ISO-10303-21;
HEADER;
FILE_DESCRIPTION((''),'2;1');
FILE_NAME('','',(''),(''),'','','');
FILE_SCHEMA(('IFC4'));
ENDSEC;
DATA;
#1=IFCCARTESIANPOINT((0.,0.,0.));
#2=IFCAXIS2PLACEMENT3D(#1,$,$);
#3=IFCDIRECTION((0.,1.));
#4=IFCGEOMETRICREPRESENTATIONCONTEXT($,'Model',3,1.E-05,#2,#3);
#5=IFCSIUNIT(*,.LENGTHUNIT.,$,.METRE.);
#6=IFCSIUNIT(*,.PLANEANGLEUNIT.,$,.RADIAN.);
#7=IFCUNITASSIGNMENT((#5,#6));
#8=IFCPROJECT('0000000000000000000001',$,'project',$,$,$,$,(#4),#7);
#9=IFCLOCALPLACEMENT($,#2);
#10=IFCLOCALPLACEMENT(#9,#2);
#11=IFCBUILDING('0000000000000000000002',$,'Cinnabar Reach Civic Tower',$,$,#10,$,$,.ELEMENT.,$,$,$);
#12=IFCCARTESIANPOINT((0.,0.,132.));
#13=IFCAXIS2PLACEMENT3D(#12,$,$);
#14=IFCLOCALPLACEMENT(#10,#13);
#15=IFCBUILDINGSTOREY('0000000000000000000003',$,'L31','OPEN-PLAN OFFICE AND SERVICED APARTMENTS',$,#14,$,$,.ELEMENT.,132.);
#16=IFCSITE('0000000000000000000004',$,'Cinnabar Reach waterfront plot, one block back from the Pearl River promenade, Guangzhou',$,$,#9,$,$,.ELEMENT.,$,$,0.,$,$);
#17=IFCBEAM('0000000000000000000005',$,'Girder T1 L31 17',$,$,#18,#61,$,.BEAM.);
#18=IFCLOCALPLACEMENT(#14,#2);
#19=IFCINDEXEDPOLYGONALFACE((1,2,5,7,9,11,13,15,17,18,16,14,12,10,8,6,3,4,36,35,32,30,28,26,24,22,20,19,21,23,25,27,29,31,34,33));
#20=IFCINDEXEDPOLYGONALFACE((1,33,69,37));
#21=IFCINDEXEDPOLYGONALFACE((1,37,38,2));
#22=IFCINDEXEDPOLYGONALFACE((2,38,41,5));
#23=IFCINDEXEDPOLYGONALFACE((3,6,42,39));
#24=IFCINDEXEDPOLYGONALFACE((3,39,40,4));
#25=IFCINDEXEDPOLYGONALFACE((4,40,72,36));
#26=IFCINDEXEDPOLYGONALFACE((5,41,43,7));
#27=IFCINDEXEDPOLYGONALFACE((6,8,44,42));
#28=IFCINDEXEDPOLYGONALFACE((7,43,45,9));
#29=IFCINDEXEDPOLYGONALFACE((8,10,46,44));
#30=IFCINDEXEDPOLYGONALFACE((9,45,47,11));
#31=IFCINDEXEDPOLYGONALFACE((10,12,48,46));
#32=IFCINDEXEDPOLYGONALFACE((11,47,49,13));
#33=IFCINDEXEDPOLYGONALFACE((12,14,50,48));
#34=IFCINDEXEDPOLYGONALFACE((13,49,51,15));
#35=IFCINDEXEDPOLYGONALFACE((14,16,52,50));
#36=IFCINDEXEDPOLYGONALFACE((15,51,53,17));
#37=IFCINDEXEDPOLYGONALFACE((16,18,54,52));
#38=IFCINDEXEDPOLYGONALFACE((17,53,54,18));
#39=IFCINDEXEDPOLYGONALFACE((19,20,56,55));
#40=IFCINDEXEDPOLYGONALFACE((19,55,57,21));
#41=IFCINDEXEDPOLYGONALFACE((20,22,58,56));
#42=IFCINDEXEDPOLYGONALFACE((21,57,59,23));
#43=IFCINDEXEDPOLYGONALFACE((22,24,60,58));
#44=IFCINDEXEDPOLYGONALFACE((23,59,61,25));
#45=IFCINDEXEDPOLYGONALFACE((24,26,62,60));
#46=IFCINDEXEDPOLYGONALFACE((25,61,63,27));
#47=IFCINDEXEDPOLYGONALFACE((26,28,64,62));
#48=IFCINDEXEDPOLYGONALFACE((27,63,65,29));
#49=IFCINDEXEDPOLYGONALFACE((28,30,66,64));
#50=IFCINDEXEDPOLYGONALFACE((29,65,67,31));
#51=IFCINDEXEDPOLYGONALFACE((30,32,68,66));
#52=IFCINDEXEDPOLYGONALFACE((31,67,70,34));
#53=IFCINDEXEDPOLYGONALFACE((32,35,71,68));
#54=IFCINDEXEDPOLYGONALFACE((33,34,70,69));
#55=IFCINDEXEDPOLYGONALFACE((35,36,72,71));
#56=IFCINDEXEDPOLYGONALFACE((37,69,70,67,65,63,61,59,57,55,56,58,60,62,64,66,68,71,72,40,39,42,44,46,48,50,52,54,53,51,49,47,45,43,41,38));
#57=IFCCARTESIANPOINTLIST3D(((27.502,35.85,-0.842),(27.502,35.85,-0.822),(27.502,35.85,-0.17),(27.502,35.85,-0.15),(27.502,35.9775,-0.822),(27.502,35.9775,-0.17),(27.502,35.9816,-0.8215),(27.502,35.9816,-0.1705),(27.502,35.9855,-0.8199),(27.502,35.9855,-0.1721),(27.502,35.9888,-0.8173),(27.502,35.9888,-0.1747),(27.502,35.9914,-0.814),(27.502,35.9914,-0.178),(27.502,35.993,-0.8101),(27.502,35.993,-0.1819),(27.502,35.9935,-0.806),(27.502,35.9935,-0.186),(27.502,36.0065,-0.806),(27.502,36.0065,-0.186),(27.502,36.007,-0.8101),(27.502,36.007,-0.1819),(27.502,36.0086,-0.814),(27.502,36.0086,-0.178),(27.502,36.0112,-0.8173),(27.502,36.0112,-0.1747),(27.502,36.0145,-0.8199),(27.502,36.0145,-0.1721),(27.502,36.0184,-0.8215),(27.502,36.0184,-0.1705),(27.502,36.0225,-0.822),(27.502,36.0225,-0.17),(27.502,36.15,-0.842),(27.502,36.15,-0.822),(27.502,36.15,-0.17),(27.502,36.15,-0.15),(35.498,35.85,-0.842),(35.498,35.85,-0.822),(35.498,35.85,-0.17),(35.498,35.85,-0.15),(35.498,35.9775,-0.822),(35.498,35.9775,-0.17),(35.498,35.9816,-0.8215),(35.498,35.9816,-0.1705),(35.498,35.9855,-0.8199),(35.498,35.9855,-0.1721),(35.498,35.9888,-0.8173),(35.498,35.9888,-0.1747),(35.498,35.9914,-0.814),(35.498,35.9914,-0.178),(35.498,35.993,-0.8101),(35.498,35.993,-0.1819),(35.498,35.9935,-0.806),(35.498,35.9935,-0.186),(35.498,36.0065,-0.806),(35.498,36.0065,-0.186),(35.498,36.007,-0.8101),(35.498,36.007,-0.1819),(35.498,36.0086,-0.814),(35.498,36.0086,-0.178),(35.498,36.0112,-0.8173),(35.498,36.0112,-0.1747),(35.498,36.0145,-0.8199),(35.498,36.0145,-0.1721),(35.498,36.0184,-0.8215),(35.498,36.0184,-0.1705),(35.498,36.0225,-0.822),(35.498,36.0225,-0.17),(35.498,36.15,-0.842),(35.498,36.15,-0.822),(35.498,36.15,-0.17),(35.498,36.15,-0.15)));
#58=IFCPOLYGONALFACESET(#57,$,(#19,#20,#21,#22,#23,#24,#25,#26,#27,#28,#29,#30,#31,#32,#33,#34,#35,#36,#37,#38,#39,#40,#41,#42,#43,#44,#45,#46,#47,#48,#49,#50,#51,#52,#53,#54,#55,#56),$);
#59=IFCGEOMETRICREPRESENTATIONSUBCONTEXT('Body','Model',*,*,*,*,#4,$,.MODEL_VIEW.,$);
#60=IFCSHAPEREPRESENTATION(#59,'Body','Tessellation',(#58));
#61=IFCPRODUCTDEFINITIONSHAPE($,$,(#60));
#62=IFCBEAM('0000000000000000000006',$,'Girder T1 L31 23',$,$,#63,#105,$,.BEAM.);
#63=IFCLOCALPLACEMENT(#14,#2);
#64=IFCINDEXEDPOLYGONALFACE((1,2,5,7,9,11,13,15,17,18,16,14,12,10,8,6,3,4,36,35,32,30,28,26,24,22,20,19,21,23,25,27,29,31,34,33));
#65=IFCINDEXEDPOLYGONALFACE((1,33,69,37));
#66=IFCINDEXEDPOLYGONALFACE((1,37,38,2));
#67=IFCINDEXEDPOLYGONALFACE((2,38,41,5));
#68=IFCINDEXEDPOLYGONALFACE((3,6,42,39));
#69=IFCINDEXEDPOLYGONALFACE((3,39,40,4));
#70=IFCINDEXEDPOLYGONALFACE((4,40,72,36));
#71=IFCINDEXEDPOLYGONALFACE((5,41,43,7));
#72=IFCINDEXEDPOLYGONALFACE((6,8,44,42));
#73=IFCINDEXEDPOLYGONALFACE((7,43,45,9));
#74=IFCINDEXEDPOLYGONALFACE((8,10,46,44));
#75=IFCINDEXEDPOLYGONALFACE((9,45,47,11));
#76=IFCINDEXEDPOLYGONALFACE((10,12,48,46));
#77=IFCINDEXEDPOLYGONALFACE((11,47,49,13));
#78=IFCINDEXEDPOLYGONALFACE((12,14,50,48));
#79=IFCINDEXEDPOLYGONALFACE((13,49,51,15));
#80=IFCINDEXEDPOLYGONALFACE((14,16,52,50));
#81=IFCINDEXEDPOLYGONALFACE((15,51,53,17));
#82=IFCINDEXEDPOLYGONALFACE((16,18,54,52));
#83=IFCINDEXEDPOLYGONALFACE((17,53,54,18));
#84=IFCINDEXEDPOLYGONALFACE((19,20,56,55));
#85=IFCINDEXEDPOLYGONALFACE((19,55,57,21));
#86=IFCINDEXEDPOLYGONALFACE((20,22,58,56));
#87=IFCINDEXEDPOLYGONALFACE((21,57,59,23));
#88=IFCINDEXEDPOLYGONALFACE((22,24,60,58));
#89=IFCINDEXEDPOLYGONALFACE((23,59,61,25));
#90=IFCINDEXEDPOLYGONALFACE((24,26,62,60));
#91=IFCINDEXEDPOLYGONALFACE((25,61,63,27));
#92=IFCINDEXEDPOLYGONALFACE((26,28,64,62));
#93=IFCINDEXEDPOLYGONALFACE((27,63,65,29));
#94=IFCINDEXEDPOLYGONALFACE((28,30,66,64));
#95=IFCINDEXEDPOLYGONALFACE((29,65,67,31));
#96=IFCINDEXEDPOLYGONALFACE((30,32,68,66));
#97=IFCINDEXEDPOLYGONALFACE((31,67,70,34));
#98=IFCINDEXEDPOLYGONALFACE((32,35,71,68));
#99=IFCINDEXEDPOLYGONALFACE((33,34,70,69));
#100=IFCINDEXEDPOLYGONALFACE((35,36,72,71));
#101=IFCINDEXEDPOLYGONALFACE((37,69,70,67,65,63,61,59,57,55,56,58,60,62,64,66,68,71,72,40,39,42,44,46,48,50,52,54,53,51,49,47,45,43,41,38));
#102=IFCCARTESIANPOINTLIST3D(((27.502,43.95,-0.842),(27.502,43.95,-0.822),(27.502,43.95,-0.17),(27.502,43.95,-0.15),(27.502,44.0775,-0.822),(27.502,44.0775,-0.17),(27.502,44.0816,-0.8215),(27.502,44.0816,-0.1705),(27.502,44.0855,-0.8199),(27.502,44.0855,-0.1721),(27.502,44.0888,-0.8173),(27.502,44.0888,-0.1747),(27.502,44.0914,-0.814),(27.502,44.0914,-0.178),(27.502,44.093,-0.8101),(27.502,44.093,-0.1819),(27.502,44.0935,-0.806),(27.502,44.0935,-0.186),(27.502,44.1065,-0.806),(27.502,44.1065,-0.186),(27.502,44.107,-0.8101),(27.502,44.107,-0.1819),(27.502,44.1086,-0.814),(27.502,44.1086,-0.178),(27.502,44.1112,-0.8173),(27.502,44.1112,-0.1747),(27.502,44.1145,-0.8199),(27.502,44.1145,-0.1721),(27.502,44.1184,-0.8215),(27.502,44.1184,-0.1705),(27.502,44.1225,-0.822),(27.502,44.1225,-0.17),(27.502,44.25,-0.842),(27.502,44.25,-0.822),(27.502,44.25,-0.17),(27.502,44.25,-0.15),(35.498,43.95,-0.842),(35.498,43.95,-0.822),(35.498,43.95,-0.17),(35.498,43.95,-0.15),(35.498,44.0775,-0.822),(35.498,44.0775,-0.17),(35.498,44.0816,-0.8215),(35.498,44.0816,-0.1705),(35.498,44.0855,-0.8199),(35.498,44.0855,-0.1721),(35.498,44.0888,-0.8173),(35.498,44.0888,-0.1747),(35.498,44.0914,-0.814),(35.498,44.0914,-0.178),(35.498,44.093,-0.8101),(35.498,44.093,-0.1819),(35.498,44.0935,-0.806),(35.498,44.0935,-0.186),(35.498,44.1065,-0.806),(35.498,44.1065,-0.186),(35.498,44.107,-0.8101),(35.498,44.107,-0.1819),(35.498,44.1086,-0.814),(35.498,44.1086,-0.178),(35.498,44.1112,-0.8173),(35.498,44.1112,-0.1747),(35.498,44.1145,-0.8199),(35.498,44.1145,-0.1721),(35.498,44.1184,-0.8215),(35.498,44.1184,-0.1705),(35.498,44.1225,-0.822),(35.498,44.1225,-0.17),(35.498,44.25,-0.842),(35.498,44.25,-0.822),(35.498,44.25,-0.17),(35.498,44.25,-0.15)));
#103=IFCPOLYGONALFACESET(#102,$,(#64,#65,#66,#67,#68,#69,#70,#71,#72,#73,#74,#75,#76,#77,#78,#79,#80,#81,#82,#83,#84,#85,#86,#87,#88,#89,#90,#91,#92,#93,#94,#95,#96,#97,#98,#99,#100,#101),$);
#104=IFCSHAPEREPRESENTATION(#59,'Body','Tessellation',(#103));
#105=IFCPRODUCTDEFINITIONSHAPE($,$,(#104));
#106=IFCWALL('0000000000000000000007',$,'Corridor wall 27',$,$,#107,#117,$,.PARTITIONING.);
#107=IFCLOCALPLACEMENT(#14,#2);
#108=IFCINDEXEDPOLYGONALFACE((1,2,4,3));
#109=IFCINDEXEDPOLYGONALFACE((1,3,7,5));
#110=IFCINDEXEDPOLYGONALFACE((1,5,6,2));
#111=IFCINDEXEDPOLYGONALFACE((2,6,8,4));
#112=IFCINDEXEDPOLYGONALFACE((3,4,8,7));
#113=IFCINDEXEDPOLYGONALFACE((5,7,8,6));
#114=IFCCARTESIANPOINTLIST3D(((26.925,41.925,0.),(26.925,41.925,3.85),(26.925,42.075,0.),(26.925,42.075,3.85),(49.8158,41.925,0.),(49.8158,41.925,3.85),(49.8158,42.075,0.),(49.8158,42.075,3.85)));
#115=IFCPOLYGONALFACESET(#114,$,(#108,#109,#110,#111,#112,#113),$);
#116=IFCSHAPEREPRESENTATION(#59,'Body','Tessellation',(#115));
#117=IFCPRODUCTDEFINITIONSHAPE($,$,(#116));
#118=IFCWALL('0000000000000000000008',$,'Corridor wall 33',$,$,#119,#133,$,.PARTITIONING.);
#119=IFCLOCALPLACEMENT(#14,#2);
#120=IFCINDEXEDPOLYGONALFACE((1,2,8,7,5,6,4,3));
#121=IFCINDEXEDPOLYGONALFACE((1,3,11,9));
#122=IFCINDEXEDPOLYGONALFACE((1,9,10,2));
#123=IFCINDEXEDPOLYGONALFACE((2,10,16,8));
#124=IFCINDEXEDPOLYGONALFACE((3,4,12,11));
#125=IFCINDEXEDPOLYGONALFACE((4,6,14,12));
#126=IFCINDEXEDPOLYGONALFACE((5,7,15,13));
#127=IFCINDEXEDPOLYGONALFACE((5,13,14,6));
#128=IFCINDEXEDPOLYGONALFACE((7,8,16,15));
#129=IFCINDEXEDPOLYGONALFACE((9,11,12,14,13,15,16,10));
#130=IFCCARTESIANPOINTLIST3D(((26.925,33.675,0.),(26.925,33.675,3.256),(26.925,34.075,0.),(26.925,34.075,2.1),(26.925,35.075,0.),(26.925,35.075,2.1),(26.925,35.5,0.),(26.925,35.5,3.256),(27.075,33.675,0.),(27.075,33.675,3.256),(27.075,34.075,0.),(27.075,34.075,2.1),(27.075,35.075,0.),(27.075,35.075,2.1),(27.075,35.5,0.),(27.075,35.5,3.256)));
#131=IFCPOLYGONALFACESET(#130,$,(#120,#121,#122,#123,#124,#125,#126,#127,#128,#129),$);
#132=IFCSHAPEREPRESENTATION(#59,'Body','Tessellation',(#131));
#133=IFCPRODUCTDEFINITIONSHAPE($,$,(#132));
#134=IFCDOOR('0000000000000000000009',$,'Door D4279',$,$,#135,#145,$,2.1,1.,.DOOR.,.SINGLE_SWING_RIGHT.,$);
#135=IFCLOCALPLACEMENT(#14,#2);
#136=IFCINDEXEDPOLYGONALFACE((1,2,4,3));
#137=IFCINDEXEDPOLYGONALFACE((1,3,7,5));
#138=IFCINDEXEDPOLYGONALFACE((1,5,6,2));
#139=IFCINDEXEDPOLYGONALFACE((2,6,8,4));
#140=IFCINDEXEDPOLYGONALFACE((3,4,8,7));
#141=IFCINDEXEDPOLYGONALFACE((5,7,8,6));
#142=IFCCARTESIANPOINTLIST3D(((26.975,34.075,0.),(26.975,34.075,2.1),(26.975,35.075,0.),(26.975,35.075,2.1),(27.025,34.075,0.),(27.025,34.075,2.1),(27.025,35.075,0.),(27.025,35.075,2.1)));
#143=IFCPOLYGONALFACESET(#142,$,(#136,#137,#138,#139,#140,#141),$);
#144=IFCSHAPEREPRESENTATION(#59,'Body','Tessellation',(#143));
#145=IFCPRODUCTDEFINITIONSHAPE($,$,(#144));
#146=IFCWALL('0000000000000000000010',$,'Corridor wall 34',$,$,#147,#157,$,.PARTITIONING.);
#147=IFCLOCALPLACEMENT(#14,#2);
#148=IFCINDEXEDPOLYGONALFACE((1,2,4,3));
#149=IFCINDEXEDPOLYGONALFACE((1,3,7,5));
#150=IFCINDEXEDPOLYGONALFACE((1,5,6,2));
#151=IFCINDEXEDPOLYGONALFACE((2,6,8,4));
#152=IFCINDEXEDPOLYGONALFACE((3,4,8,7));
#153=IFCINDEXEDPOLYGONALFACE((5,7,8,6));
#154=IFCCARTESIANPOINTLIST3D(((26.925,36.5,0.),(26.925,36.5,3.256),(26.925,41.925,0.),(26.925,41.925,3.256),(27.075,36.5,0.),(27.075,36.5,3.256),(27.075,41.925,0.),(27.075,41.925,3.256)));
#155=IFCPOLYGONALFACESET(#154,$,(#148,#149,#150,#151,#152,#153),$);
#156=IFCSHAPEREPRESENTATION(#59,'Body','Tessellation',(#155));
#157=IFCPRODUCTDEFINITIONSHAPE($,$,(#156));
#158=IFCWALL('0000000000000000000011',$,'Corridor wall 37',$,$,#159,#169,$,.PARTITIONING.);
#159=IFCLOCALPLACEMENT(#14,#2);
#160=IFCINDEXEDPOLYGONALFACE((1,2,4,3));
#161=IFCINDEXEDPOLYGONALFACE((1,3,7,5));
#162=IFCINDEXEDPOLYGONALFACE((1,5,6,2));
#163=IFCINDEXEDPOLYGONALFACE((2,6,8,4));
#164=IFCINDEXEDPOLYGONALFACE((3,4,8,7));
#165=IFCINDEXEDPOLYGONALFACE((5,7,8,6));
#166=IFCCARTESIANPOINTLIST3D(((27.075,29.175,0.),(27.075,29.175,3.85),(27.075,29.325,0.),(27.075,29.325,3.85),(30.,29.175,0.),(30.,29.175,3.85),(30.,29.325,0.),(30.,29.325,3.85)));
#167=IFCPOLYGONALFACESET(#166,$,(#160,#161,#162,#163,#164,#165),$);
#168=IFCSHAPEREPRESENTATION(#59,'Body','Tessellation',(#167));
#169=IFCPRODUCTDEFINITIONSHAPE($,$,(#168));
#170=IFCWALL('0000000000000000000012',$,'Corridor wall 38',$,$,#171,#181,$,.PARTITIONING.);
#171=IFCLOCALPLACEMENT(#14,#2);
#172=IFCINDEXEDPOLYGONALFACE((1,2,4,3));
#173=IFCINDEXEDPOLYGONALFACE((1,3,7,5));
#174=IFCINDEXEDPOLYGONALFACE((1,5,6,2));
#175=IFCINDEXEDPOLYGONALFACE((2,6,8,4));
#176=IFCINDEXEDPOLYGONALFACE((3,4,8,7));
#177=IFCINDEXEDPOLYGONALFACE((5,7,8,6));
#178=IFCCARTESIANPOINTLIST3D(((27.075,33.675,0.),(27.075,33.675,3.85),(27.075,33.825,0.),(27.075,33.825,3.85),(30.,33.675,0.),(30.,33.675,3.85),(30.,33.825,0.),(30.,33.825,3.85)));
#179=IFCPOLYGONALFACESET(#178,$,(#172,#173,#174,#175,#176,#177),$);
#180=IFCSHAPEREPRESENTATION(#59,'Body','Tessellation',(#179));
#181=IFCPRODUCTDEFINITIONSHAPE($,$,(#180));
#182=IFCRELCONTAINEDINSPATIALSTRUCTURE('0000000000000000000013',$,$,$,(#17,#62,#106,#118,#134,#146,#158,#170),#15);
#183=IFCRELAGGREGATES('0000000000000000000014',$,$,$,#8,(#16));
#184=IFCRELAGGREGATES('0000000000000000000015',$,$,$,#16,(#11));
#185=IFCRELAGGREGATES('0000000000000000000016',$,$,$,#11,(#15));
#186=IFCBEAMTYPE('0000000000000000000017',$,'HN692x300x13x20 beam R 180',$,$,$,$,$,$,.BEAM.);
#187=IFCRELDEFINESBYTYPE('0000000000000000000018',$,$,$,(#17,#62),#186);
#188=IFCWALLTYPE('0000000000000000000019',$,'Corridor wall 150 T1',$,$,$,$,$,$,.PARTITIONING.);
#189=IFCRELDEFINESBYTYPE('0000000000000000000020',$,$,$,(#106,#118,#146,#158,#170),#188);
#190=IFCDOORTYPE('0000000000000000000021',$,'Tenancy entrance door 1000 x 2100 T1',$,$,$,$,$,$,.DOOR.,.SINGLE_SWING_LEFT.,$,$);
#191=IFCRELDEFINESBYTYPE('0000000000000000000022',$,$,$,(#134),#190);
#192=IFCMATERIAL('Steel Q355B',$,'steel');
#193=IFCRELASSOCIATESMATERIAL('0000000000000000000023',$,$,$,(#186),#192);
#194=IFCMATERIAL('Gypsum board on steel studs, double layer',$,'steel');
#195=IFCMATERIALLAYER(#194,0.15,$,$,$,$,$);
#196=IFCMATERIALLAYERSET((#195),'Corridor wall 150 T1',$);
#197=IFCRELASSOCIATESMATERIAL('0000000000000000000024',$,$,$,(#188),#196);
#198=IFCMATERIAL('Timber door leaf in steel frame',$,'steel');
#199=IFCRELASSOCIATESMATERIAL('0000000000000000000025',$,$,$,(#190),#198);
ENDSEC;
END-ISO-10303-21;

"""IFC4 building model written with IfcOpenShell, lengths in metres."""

from ifc_helpers import new_model, si_unit, direction, frame, frame_2d, origin, origin_2d, place, context, subcontext, project, spatial, rectangle, i_section, extrude, material, layer, layer_set, material_profile, profile_set, type_object, element, fill, save


model = new_model("IFC4")

# Units and contexts
model_context = context("Model", 3, precision=1e-05, world=origin(), true_north=direction((0.0, 1.0)))
body_context = subcontext(model_context, "Body", "Model", "MODEL_VIEW")
ifc_project = project(units=[si_unit("LENGTHUNIT", "METRE"), si_unit("PLANEANGLEUNIT", "RADIAN")], contexts=[model_context])

# Site, building, storey
site_placement = place(None, origin())
site = spatial("IfcSite", under=ifc_project, at=site_placement, Name="Cinnabar Reach waterfront plot, one block back from the Pearl River promenade, Guangzhou", CompositionType="ELEMENT", RefElevation=0.0)
building_placement = place(site_placement, origin())
building = spatial("IfcBuilding", under=site, at=building_placement, Name="Cinnabar Reach Civic Tower", CompositionType="ELEMENT")
storey_placement = place(building_placement, frame((0.0, 0.0, 132.0)))
storey = spatial("IfcBuildingStorey", under=building, at=storey_placement, Name="L31", Description="OPEN-PLAN OFFICE AND SERVICED APARTMENTS", CompositionType="ELEMENT", Elevation=132.0)

# Beams
ifc_material_1 = material(Name="Steel Q355B", Category="steel")
ifc_material_profile_1 = material_profile(ifc_material_1, i_section(OverallWidth=0.3, OverallDepth=0.692, WebThickness=0.013, FlangeThickness=0.02, FilletRadius=0.016, at=origin_2d()), Name="HN692x300x13x20")
ifc_profile_set_1 = profile_set([ifc_material_profile_1], Name="Steel Q355B")
beam_type_1 = type_object("IfcBeamType", Name="HN692x300x13x20 beam R 180", PredefinedType="BEAM", material=ifc_profile_set_1)
for number, where, z_axis, x_axis, name in (
    (1, (27.502, 36.0, -0.496), (1.0, 0.0, 0.0), (0.0, 1.0, 0.0), "Girder T1 L31 17"),
    (2, (27.502, 44.1, -0.496), (1.0, 0.0, 0.0), (0.0, 1.0, 0.0), "Girder T1 L31 23"),
):
    element("IfcBeam", number, at=place(storey_placement, frame(where, z_axis=z_axis, x_axis=x_axis)), inside=storey, type_object=beam_type_1, Name=name, PredefinedType="BEAM", context=body_context, shape_type="SweptSolid", body=[
        extrude(i_section(OverallWidth=0.3, OverallDepth=0.692, WebThickness=0.013, FlangeThickness=0.02, FilletRadius=0.016, at=origin_2d()), origin(), (0.0, 0.0, 1.0), 7.996),
    ])

# Wall
ifc_material_2 = material(Name="Gypsum board on steel studs, double layer", Category="steel")
ifc_layer_1 = layer(ifc_material_2, 0.15)
ifc_layer_set_1 = layer_set([ifc_layer_1], Name="Corridor wall 150 T1")
wall_type_1 = type_object("IfcWallType", Name="Corridor wall 150 T1", PredefinedType="PARTITIONING", material=ifc_layer_set_1)
wall_1_placement = place(storey_placement, frame((26.925, 42.0, 0.0), z_axis=(0.0, 0.0, 1.0), x_axis=(1.0, 0.0, 0.0)))
element("IfcWall", 3, at=wall_1_placement, inside=storey, type_object=wall_type_1, Name="Corridor wall 27", PredefinedType="PARTITIONING", context=body_context, shape_type="SweptSolid", body=[
    extrude(rectangle(XDim=22.8909, YDim=0.15, at=frame_2d((11.4454, 0.0))), origin(), (0.0, 0.0, 1.0), 3.85),
])

# Wall, opening, door
wall_2_placement = place(storey_placement, frame((27.0, 33.675, 0.0), z_axis=(0.0, 0.0, 1.0), x_axis=(0.0, 1.0, 0.0)))
wall_2 = element("IfcWall", 4, at=wall_2_placement, inside=storey, type_object=wall_type_1, Name="Corridor wall 33", PredefinedType="PARTITIONING", context=body_context, shape_type="SweptSolid", body=[
    extrude(rectangle(XDim=1.825, YDim=0.15, at=frame_2d((0.9125, 0.0))), origin(), (0.0, 0.0, 1.0), 3.256),
])
opening_1_placement = place(wall_2_placement, frame((0.4, 0.0, 0.0)))
opening_1 = element("IfcOpeningElement", 5, at=opening_1_placement, cuts=wall_2, PredefinedType="OPENING", context=body_context, shape_type="SweptSolid", body=[
    extrude(rectangle(XDim=1.0, YDim=2.1, at=frame_2d((0.5, 1.05))), frame((0.0, 0.085, 0.0), z_axis=(0.0, -1.0, 0.0), x_axis=(1.0, 0.0, 0.0)), (0.0, 0.0, 1.0), 0.17),
])
ifc_material_3 = material(Name="Timber door leaf in steel frame", Category="steel")
door_type_1 = type_object("IfcDoorType", Name="Tenancy entrance door 1000 x 2100 T1", OperationType="SINGLE_SWING_LEFT", PredefinedType="DOOR", material=ifc_material_3)
door_1_placement = place(opening_1_placement, frame((1.0, 0.0, 0.0), z_axis=(0.0, 0.0, 1.0), x_axis=(-1.0, 0.0, 0.0)))
door_1 = element("IfcDoor", 6, at=door_1_placement, inside=storey, type_object=door_type_1, Name="Door D4279", OperationType="SINGLE_SWING_RIGHT", OverallHeight=2.1, OverallWidth=1.0, PredefinedType="DOOR", context=body_context, shape_type="SweptSolid", body=[
    extrude(rectangle(XDim=1.0, YDim=2.1, at=frame_2d((0.5, 1.05))), frame((0.0, 0.025, 0.0), z_axis=(0.0, -1.0, 0.0), x_axis=(1.0, 0.0, 0.0)), (0.0, 0.0, 1.0), 0.05),
])
fill(opening_1, door_1)

# Walls
wall_3_placement = place(storey_placement, frame((27.0, 36.5, 0.0), z_axis=(0.0, 0.0, 1.0), x_axis=(0.0, 1.0, 0.0)))
element("IfcWall", 7, at=wall_3_placement, inside=storey, type_object=wall_type_1, Name="Corridor wall 34", PredefinedType="PARTITIONING", context=body_context, shape_type="SweptSolid", body=[
    extrude(rectangle(XDim=5.425, YDim=0.15, at=frame_2d((2.7125, 0.0))), origin(), (0.0, 0.0, 1.0), 3.256),
])
for number, where, z_axis, x_axis, name in (
    (8, (27.075, 29.25, 0.0), (0.0, 0.0, 1.0), (1.0, 0.0, 0.0), "Corridor wall 37"),
    (9, (27.075, 33.75, 0.0), (0.0, 0.0, 1.0), (1.0, 0.0, 0.0), "Corridor wall 38"),
):
    element("IfcWall", number, at=place(storey_placement, frame(where, z_axis=z_axis, x_axis=x_axis)), inside=storey, type_object=wall_type_1, Name=name, PredefinedType="PARTITIONING", context=body_context, shape_type="SweptSolid", body=[
        extrude(rectangle(XDim=2.925, YDim=0.15, at=frame_2d((1.4625, 0.0))), origin(), (0.0, 0.0, 1.0), 3.85),
    ])

save(model, "model.ifc")
